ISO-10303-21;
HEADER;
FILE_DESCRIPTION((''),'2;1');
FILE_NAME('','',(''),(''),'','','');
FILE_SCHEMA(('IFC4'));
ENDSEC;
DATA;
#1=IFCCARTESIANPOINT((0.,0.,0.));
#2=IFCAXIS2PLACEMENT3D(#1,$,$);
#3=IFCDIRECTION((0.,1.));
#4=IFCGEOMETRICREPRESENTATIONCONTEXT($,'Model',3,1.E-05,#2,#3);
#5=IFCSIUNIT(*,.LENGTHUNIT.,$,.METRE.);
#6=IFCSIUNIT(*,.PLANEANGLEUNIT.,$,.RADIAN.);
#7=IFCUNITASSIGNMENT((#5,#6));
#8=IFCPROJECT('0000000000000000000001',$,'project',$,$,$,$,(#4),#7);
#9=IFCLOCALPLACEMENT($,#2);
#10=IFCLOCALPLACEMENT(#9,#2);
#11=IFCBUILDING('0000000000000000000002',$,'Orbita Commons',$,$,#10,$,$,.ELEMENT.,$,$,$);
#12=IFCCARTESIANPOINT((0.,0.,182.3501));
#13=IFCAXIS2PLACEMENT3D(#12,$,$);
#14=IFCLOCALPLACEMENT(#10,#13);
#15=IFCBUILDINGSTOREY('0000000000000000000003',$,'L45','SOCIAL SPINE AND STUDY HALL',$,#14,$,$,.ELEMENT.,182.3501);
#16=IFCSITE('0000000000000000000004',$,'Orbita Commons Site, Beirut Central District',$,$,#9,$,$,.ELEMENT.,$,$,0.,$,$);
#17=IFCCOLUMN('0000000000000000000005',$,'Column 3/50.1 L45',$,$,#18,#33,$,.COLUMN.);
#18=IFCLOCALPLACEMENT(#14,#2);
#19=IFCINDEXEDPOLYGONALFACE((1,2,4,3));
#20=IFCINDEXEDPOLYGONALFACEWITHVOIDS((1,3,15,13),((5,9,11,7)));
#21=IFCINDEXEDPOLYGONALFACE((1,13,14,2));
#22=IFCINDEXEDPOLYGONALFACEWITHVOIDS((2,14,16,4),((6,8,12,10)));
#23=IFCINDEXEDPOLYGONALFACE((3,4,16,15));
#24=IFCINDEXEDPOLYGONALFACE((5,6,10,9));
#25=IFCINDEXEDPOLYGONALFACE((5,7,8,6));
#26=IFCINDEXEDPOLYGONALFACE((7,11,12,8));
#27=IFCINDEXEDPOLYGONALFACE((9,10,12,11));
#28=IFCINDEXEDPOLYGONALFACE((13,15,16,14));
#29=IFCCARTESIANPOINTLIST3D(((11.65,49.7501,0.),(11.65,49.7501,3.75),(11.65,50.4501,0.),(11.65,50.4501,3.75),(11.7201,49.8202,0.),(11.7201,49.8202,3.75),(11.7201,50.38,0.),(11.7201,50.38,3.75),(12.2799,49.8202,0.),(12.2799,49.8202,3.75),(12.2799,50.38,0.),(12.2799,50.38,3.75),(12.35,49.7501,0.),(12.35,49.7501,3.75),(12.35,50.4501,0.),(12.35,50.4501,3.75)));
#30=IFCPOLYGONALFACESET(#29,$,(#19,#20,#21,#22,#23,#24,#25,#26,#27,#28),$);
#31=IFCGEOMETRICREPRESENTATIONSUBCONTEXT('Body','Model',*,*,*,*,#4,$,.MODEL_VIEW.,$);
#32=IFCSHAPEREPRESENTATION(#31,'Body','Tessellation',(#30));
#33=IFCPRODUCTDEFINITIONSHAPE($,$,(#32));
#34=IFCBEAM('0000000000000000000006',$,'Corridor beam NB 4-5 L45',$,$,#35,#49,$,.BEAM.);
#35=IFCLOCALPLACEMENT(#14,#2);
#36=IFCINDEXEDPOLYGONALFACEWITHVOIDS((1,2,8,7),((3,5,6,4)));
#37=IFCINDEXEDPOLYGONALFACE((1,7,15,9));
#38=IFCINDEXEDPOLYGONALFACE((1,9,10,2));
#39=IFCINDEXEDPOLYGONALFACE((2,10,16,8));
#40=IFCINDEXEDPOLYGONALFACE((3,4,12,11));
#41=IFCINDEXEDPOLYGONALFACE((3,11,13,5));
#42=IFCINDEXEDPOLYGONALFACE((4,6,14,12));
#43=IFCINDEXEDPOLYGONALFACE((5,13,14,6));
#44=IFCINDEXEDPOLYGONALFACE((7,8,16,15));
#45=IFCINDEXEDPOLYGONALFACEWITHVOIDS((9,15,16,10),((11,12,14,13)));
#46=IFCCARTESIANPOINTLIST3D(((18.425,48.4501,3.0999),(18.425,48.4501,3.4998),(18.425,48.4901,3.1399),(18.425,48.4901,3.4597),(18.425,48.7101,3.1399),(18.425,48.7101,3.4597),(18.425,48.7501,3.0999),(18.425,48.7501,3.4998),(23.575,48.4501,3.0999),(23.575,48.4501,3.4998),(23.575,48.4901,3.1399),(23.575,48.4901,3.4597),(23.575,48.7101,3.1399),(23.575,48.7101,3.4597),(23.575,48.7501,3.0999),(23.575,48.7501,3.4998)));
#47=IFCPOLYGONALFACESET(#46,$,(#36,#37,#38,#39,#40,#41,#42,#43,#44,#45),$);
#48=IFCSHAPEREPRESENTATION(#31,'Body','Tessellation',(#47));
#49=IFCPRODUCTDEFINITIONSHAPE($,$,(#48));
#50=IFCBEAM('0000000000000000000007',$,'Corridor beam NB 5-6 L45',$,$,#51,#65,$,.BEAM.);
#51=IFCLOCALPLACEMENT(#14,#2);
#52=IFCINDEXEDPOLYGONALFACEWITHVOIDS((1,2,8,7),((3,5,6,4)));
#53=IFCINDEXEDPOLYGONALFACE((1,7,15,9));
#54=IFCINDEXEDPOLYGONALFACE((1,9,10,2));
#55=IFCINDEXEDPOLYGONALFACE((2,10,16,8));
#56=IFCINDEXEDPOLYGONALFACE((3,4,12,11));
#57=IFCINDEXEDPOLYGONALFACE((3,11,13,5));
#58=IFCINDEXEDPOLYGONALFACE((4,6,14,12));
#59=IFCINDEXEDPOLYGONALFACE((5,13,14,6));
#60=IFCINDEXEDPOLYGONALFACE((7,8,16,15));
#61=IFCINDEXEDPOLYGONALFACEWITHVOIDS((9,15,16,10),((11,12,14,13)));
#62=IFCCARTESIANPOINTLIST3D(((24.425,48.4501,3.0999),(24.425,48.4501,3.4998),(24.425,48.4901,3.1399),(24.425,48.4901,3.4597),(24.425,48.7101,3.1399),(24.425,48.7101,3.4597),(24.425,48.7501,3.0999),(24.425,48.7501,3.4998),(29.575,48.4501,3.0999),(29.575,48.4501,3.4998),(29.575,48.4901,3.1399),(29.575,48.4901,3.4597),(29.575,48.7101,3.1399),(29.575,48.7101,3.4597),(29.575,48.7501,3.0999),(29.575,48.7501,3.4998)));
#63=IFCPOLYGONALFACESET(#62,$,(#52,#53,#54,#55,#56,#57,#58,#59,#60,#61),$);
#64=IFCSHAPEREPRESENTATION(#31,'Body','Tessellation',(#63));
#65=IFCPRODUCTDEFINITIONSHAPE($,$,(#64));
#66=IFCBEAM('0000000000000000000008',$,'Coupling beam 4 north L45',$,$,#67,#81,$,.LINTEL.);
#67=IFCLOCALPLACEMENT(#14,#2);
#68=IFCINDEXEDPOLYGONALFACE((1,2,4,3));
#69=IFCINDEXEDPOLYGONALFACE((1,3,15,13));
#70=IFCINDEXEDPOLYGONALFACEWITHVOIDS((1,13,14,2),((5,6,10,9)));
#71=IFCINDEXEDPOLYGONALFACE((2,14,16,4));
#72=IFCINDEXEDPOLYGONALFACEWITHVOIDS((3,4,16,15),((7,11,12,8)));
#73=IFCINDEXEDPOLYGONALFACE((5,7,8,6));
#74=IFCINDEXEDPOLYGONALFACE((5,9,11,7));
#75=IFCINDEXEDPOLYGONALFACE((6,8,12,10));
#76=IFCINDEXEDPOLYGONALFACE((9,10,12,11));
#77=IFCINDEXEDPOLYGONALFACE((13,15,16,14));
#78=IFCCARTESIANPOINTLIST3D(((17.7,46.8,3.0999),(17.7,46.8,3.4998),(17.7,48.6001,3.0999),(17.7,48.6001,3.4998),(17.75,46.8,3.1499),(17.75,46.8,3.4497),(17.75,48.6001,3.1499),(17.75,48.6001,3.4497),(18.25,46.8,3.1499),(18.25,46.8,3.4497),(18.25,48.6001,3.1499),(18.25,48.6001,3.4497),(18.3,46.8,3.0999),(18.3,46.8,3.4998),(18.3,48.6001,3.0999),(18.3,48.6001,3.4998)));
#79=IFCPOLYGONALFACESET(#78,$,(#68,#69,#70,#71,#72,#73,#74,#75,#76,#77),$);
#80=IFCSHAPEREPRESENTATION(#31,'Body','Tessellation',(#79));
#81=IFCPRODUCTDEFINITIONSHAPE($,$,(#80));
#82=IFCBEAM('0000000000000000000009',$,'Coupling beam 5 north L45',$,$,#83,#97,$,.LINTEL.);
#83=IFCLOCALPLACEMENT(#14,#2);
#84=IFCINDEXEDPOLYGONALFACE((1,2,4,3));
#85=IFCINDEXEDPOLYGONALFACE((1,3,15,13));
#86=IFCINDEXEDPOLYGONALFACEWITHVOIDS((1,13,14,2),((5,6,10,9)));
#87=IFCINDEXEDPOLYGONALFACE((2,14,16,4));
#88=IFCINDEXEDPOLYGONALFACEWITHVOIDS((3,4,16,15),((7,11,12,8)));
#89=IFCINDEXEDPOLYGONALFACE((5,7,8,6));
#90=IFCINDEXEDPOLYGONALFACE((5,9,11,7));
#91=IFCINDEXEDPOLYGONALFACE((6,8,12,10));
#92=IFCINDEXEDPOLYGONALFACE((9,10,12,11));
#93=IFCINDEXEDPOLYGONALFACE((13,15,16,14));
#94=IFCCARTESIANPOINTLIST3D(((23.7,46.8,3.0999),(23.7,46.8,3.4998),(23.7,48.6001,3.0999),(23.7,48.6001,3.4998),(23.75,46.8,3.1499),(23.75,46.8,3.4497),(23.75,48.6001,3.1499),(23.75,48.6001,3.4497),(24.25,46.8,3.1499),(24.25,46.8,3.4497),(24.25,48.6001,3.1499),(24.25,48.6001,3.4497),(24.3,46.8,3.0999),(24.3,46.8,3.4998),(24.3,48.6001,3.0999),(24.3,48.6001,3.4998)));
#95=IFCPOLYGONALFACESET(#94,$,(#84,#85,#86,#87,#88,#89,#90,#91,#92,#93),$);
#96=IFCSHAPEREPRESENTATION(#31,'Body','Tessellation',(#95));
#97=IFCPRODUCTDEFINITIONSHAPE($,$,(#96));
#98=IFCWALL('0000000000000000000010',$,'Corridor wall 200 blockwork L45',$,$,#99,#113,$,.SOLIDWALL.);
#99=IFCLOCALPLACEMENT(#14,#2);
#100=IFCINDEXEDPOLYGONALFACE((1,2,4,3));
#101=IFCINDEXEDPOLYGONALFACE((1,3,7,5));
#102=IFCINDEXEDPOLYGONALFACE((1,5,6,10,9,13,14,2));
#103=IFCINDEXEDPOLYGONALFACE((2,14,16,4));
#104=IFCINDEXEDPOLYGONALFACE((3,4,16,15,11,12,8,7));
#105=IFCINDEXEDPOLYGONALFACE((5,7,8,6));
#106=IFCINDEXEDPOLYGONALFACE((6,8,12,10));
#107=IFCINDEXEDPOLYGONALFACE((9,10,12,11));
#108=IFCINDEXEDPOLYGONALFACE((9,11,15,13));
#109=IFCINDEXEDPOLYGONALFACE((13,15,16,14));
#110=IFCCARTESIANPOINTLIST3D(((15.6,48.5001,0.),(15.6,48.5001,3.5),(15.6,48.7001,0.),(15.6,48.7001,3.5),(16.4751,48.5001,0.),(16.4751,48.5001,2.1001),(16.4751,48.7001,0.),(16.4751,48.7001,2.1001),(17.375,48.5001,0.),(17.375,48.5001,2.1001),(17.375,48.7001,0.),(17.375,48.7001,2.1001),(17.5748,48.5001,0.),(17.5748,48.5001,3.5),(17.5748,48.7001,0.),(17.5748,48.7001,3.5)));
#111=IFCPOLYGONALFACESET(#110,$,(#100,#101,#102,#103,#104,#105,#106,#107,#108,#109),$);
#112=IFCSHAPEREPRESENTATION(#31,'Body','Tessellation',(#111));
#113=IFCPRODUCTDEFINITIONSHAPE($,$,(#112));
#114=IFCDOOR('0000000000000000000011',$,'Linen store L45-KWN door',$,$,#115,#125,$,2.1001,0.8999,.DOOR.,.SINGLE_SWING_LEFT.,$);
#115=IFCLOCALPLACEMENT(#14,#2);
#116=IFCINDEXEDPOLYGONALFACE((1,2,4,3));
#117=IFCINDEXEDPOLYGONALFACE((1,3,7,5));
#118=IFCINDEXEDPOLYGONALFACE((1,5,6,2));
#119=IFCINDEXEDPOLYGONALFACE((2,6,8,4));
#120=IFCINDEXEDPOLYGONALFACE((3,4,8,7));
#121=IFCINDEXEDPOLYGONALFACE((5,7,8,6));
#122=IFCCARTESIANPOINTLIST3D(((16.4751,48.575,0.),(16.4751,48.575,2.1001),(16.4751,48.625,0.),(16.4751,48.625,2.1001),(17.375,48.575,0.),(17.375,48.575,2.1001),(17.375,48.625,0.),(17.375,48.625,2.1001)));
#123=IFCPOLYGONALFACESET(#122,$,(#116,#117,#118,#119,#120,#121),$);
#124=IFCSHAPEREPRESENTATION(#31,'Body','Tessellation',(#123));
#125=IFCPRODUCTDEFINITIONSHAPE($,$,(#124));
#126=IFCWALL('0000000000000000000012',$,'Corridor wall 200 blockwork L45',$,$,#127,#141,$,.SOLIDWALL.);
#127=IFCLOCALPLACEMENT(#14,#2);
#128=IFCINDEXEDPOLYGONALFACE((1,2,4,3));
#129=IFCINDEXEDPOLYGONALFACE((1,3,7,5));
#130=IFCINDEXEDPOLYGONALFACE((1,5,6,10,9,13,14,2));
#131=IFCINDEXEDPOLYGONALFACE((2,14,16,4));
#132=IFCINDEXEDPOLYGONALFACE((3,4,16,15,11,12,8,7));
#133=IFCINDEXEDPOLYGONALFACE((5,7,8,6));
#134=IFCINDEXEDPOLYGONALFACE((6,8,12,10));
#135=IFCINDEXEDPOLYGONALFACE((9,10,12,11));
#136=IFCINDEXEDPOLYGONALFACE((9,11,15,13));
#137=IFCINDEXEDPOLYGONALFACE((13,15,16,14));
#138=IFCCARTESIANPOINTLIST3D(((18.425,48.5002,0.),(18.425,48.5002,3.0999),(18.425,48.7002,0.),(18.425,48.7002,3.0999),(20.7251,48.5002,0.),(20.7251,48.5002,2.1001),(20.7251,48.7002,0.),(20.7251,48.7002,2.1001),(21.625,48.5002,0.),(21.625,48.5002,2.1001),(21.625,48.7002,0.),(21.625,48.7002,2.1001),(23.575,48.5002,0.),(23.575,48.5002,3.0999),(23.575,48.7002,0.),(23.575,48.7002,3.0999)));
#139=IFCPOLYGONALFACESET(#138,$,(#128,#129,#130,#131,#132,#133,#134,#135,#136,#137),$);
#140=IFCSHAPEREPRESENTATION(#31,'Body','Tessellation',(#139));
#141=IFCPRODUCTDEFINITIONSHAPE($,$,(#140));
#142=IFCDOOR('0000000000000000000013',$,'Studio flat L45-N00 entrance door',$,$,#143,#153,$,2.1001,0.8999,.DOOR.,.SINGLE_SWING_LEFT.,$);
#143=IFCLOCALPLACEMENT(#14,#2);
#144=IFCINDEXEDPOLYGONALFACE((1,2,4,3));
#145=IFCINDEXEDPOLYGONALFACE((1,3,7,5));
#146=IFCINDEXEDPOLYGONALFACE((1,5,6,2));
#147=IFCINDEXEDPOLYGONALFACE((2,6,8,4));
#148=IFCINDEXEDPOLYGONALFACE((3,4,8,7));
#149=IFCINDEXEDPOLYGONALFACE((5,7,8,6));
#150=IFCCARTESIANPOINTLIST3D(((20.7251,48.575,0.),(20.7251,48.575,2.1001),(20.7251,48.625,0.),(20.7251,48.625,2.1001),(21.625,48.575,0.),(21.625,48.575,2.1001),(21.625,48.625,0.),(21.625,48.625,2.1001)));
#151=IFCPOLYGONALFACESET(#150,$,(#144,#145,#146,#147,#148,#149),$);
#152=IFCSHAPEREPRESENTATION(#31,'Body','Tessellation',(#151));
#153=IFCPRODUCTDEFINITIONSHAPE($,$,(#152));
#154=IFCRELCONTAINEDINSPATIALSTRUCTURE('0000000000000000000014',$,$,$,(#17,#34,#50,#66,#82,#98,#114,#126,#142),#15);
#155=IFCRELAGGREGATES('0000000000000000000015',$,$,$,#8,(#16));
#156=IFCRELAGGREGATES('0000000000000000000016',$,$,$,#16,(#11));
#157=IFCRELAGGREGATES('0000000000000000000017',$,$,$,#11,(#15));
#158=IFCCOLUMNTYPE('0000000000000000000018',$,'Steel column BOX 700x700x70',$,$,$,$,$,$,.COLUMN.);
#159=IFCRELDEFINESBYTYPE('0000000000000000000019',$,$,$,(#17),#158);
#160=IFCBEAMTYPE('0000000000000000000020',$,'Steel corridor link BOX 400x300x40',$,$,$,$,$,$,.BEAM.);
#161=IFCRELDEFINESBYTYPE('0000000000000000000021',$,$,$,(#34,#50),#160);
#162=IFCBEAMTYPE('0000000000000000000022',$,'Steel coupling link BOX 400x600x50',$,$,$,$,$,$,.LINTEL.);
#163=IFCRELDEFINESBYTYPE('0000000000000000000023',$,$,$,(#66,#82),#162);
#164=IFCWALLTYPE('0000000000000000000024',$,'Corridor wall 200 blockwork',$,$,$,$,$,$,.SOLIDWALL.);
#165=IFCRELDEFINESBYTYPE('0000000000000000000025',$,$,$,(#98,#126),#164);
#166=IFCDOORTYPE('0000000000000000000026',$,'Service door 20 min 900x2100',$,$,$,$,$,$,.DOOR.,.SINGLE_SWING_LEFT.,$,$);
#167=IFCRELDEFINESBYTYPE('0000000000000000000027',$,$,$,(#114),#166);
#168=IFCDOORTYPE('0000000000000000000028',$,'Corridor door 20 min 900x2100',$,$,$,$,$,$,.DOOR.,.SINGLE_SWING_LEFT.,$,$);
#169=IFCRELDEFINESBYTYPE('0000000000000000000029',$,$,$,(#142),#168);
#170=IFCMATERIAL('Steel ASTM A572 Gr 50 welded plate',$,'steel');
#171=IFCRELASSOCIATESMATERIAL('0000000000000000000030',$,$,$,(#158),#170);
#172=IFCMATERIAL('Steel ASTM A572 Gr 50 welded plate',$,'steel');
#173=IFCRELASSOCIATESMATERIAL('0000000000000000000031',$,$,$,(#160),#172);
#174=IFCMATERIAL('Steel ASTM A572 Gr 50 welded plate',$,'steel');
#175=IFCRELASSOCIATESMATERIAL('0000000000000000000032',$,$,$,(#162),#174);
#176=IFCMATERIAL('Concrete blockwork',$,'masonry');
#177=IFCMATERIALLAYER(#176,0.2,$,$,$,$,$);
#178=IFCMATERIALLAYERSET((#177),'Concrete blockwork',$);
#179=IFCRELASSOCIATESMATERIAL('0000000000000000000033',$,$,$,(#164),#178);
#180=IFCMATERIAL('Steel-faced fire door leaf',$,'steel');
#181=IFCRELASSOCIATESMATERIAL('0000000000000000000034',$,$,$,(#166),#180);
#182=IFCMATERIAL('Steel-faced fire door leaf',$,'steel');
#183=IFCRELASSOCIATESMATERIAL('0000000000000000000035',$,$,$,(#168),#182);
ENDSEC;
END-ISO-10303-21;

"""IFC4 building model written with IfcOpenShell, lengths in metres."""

from ifc_helpers import new_model, si_unit, direction, frame, frame_2d, origin, origin_2d, place, context, subcontext, project, spatial, polyline, rectangle, hollow_rectangle, outline, extrude, material, layer, layer_set, material_profile, profile_set, type_object, element, fill, save


model = new_model("IFC4")

# Units and contexts
model_context = context("Model", 3, precision=1e-05, world=origin(), true_north=direction((0.0, 1.0)))
body_context = subcontext(model_context, "Body", "Model", "MODEL_VIEW")
ifc_project = project(units=[si_unit("LENGTHUNIT", "METRE"), si_unit("PLANEANGLEUNIT", "RADIAN")], contexts=[model_context])

# Site, building, storey
site_placement = place(None, origin())
site = spatial("IfcSite", under=ifc_project, at=site_placement, Name="Orbita Commons Site, Beirut Central District", CompositionType="ELEMENT", RefElevation=0.0)
building_placement = place(site_placement, origin())
building = spatial("IfcBuilding", under=site, at=building_placement, Name="Orbita Commons", CompositionType="ELEMENT")
storey_placement = place(building_placement, frame((0.0, 0.0, 182.3501)))
storey = spatial("IfcBuildingStorey", under=building, at=storey_placement, Name="L45", Description="SOCIAL SPINE AND STUDY HALL", CompositionType="ELEMENT", Elevation=182.3501)

# Column
ifc_material_1 = material(Name="Steel ASTM A572 Gr 50 welded plate", Category="steel")
ifc_material_profile_1 = material_profile(ifc_material_1, hollow_rectangle(XDim=0.7, YDim=0.7, WallThickness=0.0701, at=origin_2d()), Name="BOX 700x700x70")
ifc_profile_set_1 = profile_set([ifc_material_profile_1], Name="Steel ASTM A572 Gr 50 welded plate")
column_type = type_object("IfcColumnType", Name="Steel column BOX 700x700x70", PredefinedType="COLUMN", material=ifc_profile_set_1)
column_placement = place(storey_placement, frame((12.0, 50.1001, 0.0), z_axis=(0.0, 0.0, 1.0), x_axis=(1.0, 0.0, 0.0)))
element("IfcColumn", 1, at=column_placement, inside=storey, type_object=column_type, Name="Column 3/50.1 L45", PredefinedType="COLUMN", context=body_context, shape_type="SweptSolid", body=[
    extrude(hollow_rectangle(XDim=0.7, YDim=0.7, WallThickness=0.0701, at=origin_2d()), origin(), (0.0, 0.0, 1.0), 3.75),
])

# Beams
ifc_material_2 = material(Name="Steel ASTM A572 Gr 50 welded plate", Category="steel")
ifc_material_profile_2 = material_profile(ifc_material_2, hollow_rectangle(XDim=0.3, YDim=0.3999, WallThickness=0.04, at=origin_2d()), Name="BOX 400x300x40")
ifc_profile_set_2 = profile_set([ifc_material_profile_2], Name="Steel ASTM A572 Gr 50 welded plate")
beam_type_1 = type_object("IfcBeamType", Name="Steel corridor link BOX 400x300x40", PredefinedType="BEAM", material=ifc_profile_set_2)
for number, where, z_axis, x_axis, name in (
    (2, (18.425, 48.6001, 3.2998), (1.0, 0.0, 0.0), (0.0, 1.0, 0.0), "Corridor beam NB 4-5 L45"),
    (3, (24.425, 48.6001, 3.2998), (1.0, 0.0, 0.0), (0.0, 1.0, 0.0), "Corridor beam NB 5-6 L45"),
):
    element("IfcBeam", number, at=place(storey_placement, frame(where, z_axis=z_axis, x_axis=x_axis)), inside=storey, type_object=beam_type_1, Name=name, PredefinedType="BEAM", context=body_context, shape_type="SweptSolid", body=[
        extrude(hollow_rectangle(XDim=0.3, YDim=0.3999, WallThickness=0.04, at=origin_2d()), origin(), (0.0, 0.0, 1.0), 5.1499),
    ])
ifc_material_3 = material(Name="Steel ASTM A572 Gr 50 welded plate", Category="steel")
ifc_material_profile_3 = material_profile(ifc_material_3, hollow_rectangle(XDim=0.6001, YDim=0.3999, WallThickness=0.05, at=origin_2d()), Name="BOX 400x600x50")
ifc_profile_set_3 = profile_set([ifc_material_profile_3], Name="Steel ASTM A572 Gr 50 welded plate")
beam_type_2 = type_object("IfcBeamType", Name="Steel coupling link BOX 400x600x50", PredefinedType="LINTEL", material=ifc_profile_set_3)
for number, where, z_axis, x_axis, name in (
    (4, (18.0, 46.8, 3.2998), (0.0, 1.0, 0.0), (-1.0, 0.0, 0.0), "Coupling beam 4 north L45"),
    (5, (24.0, 46.8, 3.2998), (0.0, 1.0, 0.0), (-1.0, 0.0, 0.0), "Coupling beam 5 north L45"),
):
    element("IfcBeam", number, at=place(storey_placement, frame(where, z_axis=z_axis, x_axis=x_axis)), inside=storey, type_object=beam_type_2, Name=name, PredefinedType="LINTEL", context=body_context, shape_type="SweptSolid", body=[
        extrude(hollow_rectangle(XDim=0.6001, YDim=0.3999, WallThickness=0.05, at=origin_2d()), origin(), (0.0, 0.0, 1.0), 1.8),
    ])

# Walls, openings, doors
ifc_material_4 = material(Name="Concrete blockwork", Category="masonry")
ifc_layer_1 = layer(ifc_material_4, 0.2)
ifc_layer_set_1 = layer_set([ifc_layer_1], Name="Concrete blockwork")
wall_type_1 = type_object("IfcWallType", Name="Corridor wall 200 blockwork", PredefinedType="SOLIDWALL", material=ifc_layer_set_1)
wall_1_placement = place(storey_placement, frame((15.6001, 48.6001, 0.0), z_axis=(0.0, 0.0, 1.0), x_axis=(1.0, 0.0, 0.0)))
wall_1 = element("IfcWall", 6, at=wall_1_placement, inside=storey, type_object=wall_type_1, Name="Corridor wall 200 blockwork L45", PredefinedType="SOLIDWALL", context=body_context, shape_type="SweptSolid", body=[
    extrude(rectangle(XDim=1.9749, YDim=0.2, at=frame_2d((0.9873, 0.0))), origin(), (0.0, 0.0, 1.0), 3.5),
])
opening_1_placement = place(wall_1_placement, frame((0.875, 0.0, 0.0)))
opening_1 = element("IfcOpeningElement", 7, at=opening_1_placement, cuts=wall_1, PredefinedType="OPENING", context=body_context, shape_type="SweptSolid", body=[
    extrude(rectangle(XDim=0.8999, YDim=2.1001, at=frame_2d((0.45, 1.05))), frame((0.0, 0.1099, 0.0), z_axis=(0.0, -1.0, 0.0), x_axis=(1.0, 0.0, 0.0)), (0.0, 0.0, 1.0), 0.22),
])
ifc_material_5 = material(Name="Steel-faced fire door leaf", Category="steel")
door_type_1 = type_object("IfcDoorType", Name="Service door 20 min 900x2100", OperationType="SINGLE_SWING_LEFT", PredefinedType="DOOR", material=ifc_material_5)
door_1_placement = place(opening_1_placement, origin())
door_1 = element("IfcDoor", 8, at=door_1_placement, inside=storey, type_object=door_type_1, Name="Linen store L45-KWN door", OperationType="SINGLE_SWING_LEFT", OverallHeight=2.1001, OverallWidth=0.8999, PredefinedType="DOOR", context=body_context, shape_type="SweptSolid", body=[
    extrude(rectangle(XDim=0.8999, YDim=2.1001, at=frame_2d((0.45, 1.05))), frame((0.0, 0.0249, 0.0), z_axis=(0.0, -1.0, 0.0), x_axis=(1.0, 0.0, 0.0)), (0.0, 0.0, 1.0), 0.05),
])
fill(opening_1, door_1)
wall_2_placement = place(storey_placement, frame((18.425, 48.6001, 0.0), z_axis=(0.0, 0.0, 1.0), x_axis=(1.0, 0.0, 0.0)))
wall_2 = element("IfcWall", 9, at=wall_2_placement, inside=storey, type_object=wall_type_1, Name="Corridor wall 200 blockwork L45", PredefinedType="SOLIDWALL", context=body_context, shape_type="SweptSolid", body=[
    extrude(outline(polyline([(0.0, 0.0), (5.1499, 0.0), (5.1499, 3.0999), (0.0, 3.0999), (0.0, 0.0)])), frame((0.0, 0.1001, 0.0), z_axis=(0.0, -1.0, 0.0), x_axis=(1.0, 0.0, 0.0)), (0.0, 0.0, 1.0), 0.2),
])
opening_2_placement = place(wall_2_placement, frame((2.3, 0.0, 0.0)))
opening_2 = element("IfcOpeningElement", 10, at=opening_2_placement, cuts=wall_2, PredefinedType="OPENING", context=body_context, shape_type="SweptSolid", body=[
    extrude(rectangle(XDim=0.8999, YDim=2.1001, at=frame_2d((0.45, 1.05))), frame((0.0, 0.1099, 0.0), z_axis=(0.0, -1.0, 0.0), x_axis=(1.0, 0.0, 0.0)), (0.0, 0.0, 1.0), 0.22),
])
ifc_material_6 = material(Name="Steel-faced fire door leaf", Category="steel")
door_type_2 = type_object("IfcDoorType", Name="Corridor door 20 min 900x2100", OperationType="SINGLE_SWING_LEFT", PredefinedType="DOOR", material=ifc_material_6)
door_2_placement = place(opening_2_placement, origin())
door_2 = element("IfcDoor", 11, at=door_2_placement, inside=storey, type_object=door_type_2, Name="Studio flat L45-N00 entrance door", OperationType="SINGLE_SWING_LEFT", OverallHeight=2.1001, OverallWidth=0.8999, PredefinedType="DOOR", context=body_context, shape_type="SweptSolid", body=[
    extrude(rectangle(XDim=0.8999, YDim=2.1001, at=frame_2d((0.45, 1.05))), frame((0.0, 0.0249, 0.0), z_axis=(0.0, -1.0, 0.0), x_axis=(1.0, 0.0, 0.0)), (0.0, 0.0, 1.0), 0.05),
])
fill(opening_2, door_2)

save(model, "model.ifc")
